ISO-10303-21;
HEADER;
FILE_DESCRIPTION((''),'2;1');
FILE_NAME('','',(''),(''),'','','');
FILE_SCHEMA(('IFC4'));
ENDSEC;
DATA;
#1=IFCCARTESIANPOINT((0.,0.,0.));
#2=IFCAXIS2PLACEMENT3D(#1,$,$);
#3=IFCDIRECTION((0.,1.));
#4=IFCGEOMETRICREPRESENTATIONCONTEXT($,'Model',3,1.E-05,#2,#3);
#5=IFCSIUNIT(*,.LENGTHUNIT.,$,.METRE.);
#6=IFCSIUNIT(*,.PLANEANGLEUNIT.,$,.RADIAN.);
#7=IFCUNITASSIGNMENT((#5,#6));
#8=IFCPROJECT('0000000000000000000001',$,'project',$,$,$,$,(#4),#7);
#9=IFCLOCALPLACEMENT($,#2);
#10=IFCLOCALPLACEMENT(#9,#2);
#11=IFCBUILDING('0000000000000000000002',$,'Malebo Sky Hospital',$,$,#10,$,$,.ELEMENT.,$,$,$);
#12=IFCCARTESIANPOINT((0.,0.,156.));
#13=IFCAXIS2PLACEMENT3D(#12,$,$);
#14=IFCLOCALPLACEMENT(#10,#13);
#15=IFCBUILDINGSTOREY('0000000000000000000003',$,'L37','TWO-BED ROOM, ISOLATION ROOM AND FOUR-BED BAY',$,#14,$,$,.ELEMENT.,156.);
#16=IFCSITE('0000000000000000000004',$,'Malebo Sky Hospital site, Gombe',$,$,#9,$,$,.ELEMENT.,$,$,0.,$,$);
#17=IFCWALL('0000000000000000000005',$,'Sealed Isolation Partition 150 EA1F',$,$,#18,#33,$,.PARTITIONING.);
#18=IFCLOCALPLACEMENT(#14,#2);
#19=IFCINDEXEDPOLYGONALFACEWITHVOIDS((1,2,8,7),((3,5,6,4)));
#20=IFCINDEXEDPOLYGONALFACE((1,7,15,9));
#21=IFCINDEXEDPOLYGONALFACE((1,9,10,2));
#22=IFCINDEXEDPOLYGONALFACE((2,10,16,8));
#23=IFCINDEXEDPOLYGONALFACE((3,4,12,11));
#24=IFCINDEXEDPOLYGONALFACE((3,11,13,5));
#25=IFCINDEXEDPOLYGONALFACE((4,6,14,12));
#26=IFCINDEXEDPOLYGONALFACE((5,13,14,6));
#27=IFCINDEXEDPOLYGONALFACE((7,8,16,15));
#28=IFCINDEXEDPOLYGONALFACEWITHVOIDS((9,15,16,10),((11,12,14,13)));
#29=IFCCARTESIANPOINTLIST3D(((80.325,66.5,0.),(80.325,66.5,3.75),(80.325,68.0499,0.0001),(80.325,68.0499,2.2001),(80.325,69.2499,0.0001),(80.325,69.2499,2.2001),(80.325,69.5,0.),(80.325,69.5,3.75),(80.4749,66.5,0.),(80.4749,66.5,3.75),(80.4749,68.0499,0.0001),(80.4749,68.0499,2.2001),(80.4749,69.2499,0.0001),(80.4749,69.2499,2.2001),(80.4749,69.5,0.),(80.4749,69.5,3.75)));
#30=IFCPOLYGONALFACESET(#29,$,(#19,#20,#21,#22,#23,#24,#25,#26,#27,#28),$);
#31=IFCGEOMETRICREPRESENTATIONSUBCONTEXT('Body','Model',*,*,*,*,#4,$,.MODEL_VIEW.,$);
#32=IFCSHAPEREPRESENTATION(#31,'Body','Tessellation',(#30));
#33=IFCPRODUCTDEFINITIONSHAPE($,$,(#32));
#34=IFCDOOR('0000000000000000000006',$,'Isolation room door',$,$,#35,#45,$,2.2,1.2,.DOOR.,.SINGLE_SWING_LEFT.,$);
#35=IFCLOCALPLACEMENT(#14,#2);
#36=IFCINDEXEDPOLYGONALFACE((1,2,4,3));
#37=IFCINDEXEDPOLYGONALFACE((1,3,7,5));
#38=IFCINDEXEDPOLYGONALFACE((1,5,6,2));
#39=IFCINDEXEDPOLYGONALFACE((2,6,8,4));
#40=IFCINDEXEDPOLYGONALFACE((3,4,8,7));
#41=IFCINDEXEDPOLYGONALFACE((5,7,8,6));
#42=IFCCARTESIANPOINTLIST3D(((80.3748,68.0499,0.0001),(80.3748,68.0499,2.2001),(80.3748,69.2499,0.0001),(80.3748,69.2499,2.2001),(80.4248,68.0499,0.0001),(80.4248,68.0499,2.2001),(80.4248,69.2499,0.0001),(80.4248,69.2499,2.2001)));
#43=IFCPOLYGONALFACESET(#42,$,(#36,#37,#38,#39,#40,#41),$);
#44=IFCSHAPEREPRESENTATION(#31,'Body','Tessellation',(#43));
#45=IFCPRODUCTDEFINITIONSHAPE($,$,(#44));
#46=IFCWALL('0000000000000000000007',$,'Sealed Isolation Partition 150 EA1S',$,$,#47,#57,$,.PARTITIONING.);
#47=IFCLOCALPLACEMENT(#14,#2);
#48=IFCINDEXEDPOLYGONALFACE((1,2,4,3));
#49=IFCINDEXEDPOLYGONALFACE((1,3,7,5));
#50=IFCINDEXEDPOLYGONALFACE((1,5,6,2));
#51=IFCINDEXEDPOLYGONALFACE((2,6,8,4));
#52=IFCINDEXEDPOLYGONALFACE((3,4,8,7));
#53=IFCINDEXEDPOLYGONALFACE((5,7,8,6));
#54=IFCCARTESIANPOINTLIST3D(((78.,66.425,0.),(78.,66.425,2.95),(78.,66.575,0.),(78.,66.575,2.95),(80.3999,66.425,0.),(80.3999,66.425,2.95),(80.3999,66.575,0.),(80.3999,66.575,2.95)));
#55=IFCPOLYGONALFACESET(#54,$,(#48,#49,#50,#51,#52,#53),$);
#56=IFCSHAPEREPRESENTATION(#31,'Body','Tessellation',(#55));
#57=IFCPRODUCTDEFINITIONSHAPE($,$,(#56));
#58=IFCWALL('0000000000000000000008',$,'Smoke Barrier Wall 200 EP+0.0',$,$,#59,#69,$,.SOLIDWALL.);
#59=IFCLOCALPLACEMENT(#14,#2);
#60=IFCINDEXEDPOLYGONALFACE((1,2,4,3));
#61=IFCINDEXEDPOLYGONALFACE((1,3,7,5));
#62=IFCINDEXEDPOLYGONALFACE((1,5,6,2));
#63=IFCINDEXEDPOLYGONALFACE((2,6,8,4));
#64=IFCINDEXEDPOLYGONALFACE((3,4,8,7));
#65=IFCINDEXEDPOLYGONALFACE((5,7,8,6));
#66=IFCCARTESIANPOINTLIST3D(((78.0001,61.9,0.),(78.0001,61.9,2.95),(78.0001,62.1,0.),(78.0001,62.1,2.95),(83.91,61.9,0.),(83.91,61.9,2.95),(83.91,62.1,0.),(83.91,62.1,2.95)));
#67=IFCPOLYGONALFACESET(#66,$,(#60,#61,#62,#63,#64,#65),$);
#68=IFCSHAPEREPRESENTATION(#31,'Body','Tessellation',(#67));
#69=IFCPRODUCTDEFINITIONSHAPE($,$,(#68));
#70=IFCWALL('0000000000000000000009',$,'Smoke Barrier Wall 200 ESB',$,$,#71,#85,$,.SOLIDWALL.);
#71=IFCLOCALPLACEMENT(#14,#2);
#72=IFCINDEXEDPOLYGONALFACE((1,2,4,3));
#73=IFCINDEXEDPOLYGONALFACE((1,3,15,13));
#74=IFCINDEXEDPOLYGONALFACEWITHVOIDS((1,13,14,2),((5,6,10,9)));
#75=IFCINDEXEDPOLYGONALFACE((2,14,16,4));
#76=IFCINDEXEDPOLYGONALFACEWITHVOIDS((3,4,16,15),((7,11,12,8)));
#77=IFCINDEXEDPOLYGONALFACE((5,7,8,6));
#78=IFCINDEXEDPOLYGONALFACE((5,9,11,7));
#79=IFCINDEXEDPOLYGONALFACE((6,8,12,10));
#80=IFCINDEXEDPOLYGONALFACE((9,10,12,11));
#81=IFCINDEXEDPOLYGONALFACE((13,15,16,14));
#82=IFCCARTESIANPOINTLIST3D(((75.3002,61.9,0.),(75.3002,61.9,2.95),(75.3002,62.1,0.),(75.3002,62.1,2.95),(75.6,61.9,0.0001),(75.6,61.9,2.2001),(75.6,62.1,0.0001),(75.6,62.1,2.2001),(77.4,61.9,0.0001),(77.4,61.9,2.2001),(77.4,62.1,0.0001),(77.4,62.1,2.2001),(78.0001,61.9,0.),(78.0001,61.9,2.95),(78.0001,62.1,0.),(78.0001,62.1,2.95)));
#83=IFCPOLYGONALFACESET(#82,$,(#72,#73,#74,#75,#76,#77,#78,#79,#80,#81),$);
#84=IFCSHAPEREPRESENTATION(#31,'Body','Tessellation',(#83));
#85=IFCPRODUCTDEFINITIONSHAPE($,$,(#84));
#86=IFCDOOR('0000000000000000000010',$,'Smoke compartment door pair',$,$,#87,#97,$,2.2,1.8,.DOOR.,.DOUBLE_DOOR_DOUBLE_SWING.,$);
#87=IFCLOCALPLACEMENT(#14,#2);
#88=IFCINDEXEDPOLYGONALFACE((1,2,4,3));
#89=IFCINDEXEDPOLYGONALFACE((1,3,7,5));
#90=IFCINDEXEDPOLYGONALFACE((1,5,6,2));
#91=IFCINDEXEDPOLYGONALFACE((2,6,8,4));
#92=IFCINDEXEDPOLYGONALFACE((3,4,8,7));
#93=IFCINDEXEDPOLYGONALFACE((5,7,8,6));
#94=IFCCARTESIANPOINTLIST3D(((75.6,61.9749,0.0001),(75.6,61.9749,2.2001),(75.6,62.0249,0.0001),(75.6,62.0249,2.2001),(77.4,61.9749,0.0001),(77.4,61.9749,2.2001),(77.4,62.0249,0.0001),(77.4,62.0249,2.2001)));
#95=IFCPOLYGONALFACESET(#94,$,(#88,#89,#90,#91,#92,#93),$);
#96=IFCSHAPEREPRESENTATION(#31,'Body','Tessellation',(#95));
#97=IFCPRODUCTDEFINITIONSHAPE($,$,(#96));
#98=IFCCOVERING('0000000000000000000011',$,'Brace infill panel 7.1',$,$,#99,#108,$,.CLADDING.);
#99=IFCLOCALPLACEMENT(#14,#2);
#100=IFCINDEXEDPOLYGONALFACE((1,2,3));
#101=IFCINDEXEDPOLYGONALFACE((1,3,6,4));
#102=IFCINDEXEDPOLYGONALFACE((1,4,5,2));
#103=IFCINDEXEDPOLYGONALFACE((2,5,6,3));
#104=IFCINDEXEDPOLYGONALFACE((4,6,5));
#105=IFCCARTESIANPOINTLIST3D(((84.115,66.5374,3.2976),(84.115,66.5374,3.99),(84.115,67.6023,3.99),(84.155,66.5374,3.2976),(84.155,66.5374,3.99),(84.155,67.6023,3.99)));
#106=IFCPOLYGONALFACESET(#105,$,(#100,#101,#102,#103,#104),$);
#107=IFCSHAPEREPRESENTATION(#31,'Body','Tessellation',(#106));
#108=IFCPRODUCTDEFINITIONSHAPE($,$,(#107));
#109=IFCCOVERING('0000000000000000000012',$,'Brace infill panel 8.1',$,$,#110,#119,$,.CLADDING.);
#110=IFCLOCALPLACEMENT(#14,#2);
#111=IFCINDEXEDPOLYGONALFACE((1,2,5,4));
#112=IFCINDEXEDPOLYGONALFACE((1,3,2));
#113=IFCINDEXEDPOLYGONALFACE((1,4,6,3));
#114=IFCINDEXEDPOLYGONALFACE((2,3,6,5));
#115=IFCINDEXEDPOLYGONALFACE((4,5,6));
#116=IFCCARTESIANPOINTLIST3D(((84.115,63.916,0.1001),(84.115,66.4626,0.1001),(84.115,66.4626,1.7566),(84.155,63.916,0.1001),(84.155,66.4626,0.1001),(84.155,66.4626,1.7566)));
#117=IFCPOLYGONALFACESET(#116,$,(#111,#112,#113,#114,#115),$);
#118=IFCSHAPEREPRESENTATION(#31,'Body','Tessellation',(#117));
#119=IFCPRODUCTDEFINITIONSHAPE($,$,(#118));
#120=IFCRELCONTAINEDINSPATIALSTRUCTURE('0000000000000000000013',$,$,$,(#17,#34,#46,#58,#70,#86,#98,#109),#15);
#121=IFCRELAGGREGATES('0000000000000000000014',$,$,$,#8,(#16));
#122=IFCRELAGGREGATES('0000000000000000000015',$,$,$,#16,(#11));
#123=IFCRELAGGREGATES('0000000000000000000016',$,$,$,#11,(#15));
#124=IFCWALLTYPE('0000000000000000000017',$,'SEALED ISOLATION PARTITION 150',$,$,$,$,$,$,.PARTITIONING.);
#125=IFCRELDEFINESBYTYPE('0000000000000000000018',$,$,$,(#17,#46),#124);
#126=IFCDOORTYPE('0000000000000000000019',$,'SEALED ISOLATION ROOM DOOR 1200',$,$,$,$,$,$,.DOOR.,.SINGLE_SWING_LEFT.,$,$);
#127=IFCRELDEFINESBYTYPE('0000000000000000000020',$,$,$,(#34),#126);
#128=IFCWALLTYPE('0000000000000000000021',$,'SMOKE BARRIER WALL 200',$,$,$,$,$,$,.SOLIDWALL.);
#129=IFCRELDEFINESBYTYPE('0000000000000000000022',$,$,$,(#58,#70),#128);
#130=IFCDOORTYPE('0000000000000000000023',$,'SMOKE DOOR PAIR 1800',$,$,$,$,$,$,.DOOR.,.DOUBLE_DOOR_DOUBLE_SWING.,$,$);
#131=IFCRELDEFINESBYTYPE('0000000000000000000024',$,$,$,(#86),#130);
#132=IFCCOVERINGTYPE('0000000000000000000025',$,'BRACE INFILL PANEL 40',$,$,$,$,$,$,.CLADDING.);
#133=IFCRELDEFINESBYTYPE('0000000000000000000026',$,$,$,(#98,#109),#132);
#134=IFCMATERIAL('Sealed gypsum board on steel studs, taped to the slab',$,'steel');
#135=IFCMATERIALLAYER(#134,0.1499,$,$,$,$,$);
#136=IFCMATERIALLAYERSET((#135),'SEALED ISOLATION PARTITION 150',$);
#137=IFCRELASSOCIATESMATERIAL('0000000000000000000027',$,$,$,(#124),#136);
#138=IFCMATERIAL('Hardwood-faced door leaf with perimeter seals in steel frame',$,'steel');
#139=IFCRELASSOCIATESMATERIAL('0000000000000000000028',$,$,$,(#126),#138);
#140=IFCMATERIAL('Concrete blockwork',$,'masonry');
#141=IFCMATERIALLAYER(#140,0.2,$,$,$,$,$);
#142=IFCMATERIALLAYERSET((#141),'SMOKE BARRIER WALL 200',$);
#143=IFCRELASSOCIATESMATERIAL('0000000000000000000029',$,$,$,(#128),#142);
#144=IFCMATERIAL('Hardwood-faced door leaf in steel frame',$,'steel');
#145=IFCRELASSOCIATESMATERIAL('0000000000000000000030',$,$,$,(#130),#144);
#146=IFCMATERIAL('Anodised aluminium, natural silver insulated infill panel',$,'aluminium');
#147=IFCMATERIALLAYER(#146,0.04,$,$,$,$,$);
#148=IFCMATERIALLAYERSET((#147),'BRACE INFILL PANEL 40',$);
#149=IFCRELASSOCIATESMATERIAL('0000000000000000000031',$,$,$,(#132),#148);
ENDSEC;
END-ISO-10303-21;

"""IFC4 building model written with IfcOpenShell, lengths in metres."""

from ifc_helpers import new_model, si_unit, direction, frame, frame_2d, origin, place, context, subcontext, project, spatial, polyline, rectangle, outline, extrude, material, layer, layer_set, type_object, element, fill, save


model = new_model("IFC4")

# Units and contexts
model_context = context("Model", 3, precision=1e-05, world=origin(), true_north=direction((0.0, 1.0)))
body_context = subcontext(model_context, "Body", "Model", "MODEL_VIEW")
ifc_project = project(units=[si_unit("LENGTHUNIT", "METRE"), si_unit("PLANEANGLEUNIT", "RADIAN")], contexts=[model_context])

# Site, building, storey
site_placement = place(None, origin())
site = spatial("IfcSite", under=ifc_project, at=site_placement, Name="Malebo Sky Hospital site, Gombe", CompositionType="ELEMENT", RefElevation=0.0)
building_placement = place(site_placement, origin())
building = spatial("IfcBuilding", under=site, at=building_placement, Name="Malebo Sky Hospital", CompositionType="ELEMENT")
storey_placement = place(building_placement, frame((0.0, 0.0, 156.0)))
storey = spatial("IfcBuildingStorey", under=building, at=storey_placement, Name="L37", Description="TWO-BED ROOM, ISOLATION ROOM AND FOUR-BED BAY", CompositionType="ELEMENT", Elevation=156.0)

# Shared definitions
ifc_material_1 = material(Name="Hardwood-faced door leaf in steel frame", Category="steel")

# Shared definitions
ifc_material_2 = material(Name="Sealed gypsum board on steel studs, taped to the slab", Category="steel")
ifc_layer_1 = layer(ifc_material_2, 0.1499)
ifc_layer_set_1 = layer_set([ifc_layer_1], Name="SEALED ISOLATION PARTITION 150")
wall_type_1 = type_object("IfcWallType", Name="SEALED ISOLATION PARTITION 150", PredefinedType="PARTITIONING", material=ifc_layer_set_1)

# Wall, opening, door
wall_1_placement = place(storey_placement, frame((80.3999, 69.5, 0.0), z_axis=(0.0, 0.0, 1.0), x_axis=(0.0, -1.0, 0.0)))
wall_1 = element("IfcWall", 1, at=wall_1_placement, inside=storey, type_object=wall_type_1, Name="Sealed Isolation Partition 150 EA1F", PredefinedType="PARTITIONING", context=body_context, shape_type="SweptSolid", body=[
    extrude(rectangle(XDim=3.0, YDim=0.1499, at=frame_2d((1.5, 0.0))), origin(), (0.0, 0.0, 1.0), 3.75),
])
opening_1_placement = place(wall_1_placement, frame((0.25, 0.0, 0.0)))
opening_1 = element("IfcOpeningElement", 2, at=opening_1_placement, cuts=wall_1, PredefinedType="OPENING", context=body_context, shape_type="SweptSolid", body=[
    extrude(rectangle(XDim=1.2, YDim=2.2, at=frame_2d((0.6001, 1.1001))), frame((0.0, 0.085, 0.0), z_axis=(0.0, -1.0, 0.0), x_axis=(1.0, 0.0, 0.0)), (0.0, 0.0, 1.0), 0.1699),
])
ifc_material_3 = material(Name="Hardwood-faced door leaf with perimeter seals in steel frame", Category="steel")
door_type_1 = type_object("IfcDoorType", Name="SEALED ISOLATION ROOM DOOR 1200", OperationType="SINGLE_SWING_LEFT", PredefinedType="DOOR", material=ifc_material_3)
door_1_placement = place(opening_1_placement, origin())
door_1 = element("IfcDoor", 3, at=door_1_placement, inside=storey, type_object=door_type_1, Name="Isolation room door", OperationType="SINGLE_SWING_LEFT", OverallHeight=2.2, OverallWidth=1.2, PredefinedType="DOOR", context=body_context, shape_type="SweptSolid", body=[
    extrude(rectangle(XDim=1.2, YDim=2.2, at=frame_2d((0.6001, 1.1001))), frame((0.0, 0.0249, 0.0), z_axis=(0.0, -1.0, 0.0), x_axis=(1.0, 0.0, 0.0)), (0.0, 0.0, 1.0), 0.05),
])
fill(opening_1, door_1)

# Walls
wall_2_placement = place(storey_placement, frame((78.0, 66.5, 0.0), z_axis=(0.0, 0.0, 1.0), x_axis=(1.0, 0.0, 0.0)))
element("IfcWall", 4, at=wall_2_placement, inside=storey, type_object=wall_type_1, Name="Sealed Isolation Partition 150 EA1S", PredefinedType="PARTITIONING", context=body_context, shape_type="SweptSolid", body=[
    extrude(rectangle(XDim=2.3999, YDim=0.1499, at=frame_2d((1.2, 0.0))), origin(), (0.0, 0.0, 1.0), 2.95),
])
ifc_material_4 = material(Name="Concrete blockwork", Category="masonry")
ifc_layer_2 = layer(ifc_material_4, 0.2)
ifc_layer_set_2 = layer_set([ifc_layer_2], Name="SMOKE BARRIER WALL 200")
wall_type_2 = type_object("IfcWallType", Name="SMOKE BARRIER WALL 200", PredefinedType="SOLIDWALL", material=ifc_layer_set_2)
wall_3_placement = place(storey_placement, frame((78.0, 62.0, 0.0), z_axis=(0.0, 0.0, 1.0), x_axis=(1.0, 0.0, 0.0)))
element("IfcWall", 5, at=wall_3_placement, inside=storey, type_object=wall_type_2, Name="Smoke Barrier Wall 200 EP+0.0", PredefinedType="SOLIDWALL", context=body_context, shape_type="SweptSolid", body=[
    extrude(rectangle(XDim=5.9099, YDim=0.2, at=frame_2d((2.9551, 0.0))), origin(), (0.0, 0.0, 1.0), 2.95),
])

# Wall, opening, door
wall_4_placement = place(storey_placement, frame((75.3, 62.0, 0.0), z_axis=(0.0, 0.0, 1.0), x_axis=(1.0, 0.0, 0.0)))
wall_4 = element("IfcWall", 6, at=wall_4_placement, inside=storey, type_object=wall_type_2, Name="Smoke Barrier Wall 200 ESB", PredefinedType="SOLIDWALL", context=body_context, shape_type="SweptSolid", body=[
    extrude(rectangle(XDim=2.7, YDim=0.2, at=frame_2d((1.3501, 0.0))), origin(), (0.0, 0.0, 1.0), 2.95),
])
opening_2_placement = place(wall_4_placement, frame((0.3, 0.0, 0.0)))
opening_2 = element("IfcOpeningElement", 7, at=opening_2_placement, cuts=wall_4, PredefinedType="OPENING", context=body_context, shape_type="SweptSolid", body=[
    extrude(rectangle(XDim=1.8, YDim=2.2, at=frame_2d((0.8999, 1.1001))), frame((0.0, 0.1099, 0.0), z_axis=(0.0, -1.0, 0.0), x_axis=(1.0, 0.0, 0.0)), (0.0, 0.0, 1.0), 0.22),
])
door_type_2 = type_object("IfcDoorType", Name="SMOKE DOOR PAIR 1800", OperationType="DOUBLE_DOOR_DOUBLE_SWING", PredefinedType="DOOR", material=ifc_material_1)
door_2_placement = place(opening_2_placement, origin())
door_2 = element("IfcDoor", 8, at=door_2_placement, inside=storey, type_object=door_type_2, Name="Smoke compartment door pair", OperationType="DOUBLE_DOOR_DOUBLE_SWING", OverallHeight=2.2, OverallWidth=1.8, PredefinedType="DOOR", context=body_context, shape_type="SweptSolid", body=[
    extrude(rectangle(XDim=1.8, YDim=2.2, at=frame_2d((0.8999, 1.1001))), frame((0.0, 0.0249, 0.0), z_axis=(0.0, -1.0, 0.0), x_axis=(1.0, 0.0, 0.0)), (0.0, 0.0, 1.0), 0.05),
])
fill(opening_2, door_2)

# Coverings
ifc_material_5 = material(Name="Anodised aluminium, natural silver insulated infill panel", Category="aluminium")
ifc_layer_3 = layer(ifc_material_5, 0.04)
ifc_layer_set_3 = layer_set([ifc_layer_3], Name="BRACE INFILL PANEL 40")
covering_type = type_object("IfcCoveringType", Name="BRACE INFILL PANEL 40", PredefinedType="CLADDING", material=ifc_layer_set_3)
covering_1_placement = place(storey_placement, frame((84.135, 67.0698, 3.2976), z_axis=(0.0, 0.0, 1.0), x_axis=(0.0, -1.0, 0.0)))
element("IfcCovering", 9, at=covering_1_placement, inside=storey, type_object=covering_type, Name="Brace infill panel 7.1", PredefinedType="CLADDING", context=body_context, shape_type="SweptSolid", body=[
    extrude(outline(polyline([(0.5325, 0.0), (0.5325, 0.6924), (-0.5325, 0.6924), (0.5325, 0.0)])), frame((0.0, 0.02, 0.0), z_axis=(0.0, -1.0, 0.0), x_axis=(1.0, 0.0, 0.0)), (0.0, 0.0, 1.0), 0.04),
])
covering_2_placement = place(storey_placement, frame((84.135, 65.1892, 0.1001), z_axis=(0.0, 0.0, 1.0), x_axis=(0.0, -1.0, 0.0)))
element("IfcCovering", 10, at=covering_2_placement, inside=storey, type_object=covering_type, Name="Brace infill panel 8.1", PredefinedType="CLADDING", context=body_context, shape_type="SweptSolid", body=[
    extrude(outline(polyline([(-1.2734, 0.0), (1.2732, 0.0), (-1.2734, 1.6565), (-1.2734, 0.0)])), frame((0.0, 0.02, 0.0), z_axis=(0.0, -1.0, 0.0), x_axis=(1.0, 0.0, 0.0)), (0.0, 0.0, 1.0), 0.04),
])

save(model, "model.ifc")
